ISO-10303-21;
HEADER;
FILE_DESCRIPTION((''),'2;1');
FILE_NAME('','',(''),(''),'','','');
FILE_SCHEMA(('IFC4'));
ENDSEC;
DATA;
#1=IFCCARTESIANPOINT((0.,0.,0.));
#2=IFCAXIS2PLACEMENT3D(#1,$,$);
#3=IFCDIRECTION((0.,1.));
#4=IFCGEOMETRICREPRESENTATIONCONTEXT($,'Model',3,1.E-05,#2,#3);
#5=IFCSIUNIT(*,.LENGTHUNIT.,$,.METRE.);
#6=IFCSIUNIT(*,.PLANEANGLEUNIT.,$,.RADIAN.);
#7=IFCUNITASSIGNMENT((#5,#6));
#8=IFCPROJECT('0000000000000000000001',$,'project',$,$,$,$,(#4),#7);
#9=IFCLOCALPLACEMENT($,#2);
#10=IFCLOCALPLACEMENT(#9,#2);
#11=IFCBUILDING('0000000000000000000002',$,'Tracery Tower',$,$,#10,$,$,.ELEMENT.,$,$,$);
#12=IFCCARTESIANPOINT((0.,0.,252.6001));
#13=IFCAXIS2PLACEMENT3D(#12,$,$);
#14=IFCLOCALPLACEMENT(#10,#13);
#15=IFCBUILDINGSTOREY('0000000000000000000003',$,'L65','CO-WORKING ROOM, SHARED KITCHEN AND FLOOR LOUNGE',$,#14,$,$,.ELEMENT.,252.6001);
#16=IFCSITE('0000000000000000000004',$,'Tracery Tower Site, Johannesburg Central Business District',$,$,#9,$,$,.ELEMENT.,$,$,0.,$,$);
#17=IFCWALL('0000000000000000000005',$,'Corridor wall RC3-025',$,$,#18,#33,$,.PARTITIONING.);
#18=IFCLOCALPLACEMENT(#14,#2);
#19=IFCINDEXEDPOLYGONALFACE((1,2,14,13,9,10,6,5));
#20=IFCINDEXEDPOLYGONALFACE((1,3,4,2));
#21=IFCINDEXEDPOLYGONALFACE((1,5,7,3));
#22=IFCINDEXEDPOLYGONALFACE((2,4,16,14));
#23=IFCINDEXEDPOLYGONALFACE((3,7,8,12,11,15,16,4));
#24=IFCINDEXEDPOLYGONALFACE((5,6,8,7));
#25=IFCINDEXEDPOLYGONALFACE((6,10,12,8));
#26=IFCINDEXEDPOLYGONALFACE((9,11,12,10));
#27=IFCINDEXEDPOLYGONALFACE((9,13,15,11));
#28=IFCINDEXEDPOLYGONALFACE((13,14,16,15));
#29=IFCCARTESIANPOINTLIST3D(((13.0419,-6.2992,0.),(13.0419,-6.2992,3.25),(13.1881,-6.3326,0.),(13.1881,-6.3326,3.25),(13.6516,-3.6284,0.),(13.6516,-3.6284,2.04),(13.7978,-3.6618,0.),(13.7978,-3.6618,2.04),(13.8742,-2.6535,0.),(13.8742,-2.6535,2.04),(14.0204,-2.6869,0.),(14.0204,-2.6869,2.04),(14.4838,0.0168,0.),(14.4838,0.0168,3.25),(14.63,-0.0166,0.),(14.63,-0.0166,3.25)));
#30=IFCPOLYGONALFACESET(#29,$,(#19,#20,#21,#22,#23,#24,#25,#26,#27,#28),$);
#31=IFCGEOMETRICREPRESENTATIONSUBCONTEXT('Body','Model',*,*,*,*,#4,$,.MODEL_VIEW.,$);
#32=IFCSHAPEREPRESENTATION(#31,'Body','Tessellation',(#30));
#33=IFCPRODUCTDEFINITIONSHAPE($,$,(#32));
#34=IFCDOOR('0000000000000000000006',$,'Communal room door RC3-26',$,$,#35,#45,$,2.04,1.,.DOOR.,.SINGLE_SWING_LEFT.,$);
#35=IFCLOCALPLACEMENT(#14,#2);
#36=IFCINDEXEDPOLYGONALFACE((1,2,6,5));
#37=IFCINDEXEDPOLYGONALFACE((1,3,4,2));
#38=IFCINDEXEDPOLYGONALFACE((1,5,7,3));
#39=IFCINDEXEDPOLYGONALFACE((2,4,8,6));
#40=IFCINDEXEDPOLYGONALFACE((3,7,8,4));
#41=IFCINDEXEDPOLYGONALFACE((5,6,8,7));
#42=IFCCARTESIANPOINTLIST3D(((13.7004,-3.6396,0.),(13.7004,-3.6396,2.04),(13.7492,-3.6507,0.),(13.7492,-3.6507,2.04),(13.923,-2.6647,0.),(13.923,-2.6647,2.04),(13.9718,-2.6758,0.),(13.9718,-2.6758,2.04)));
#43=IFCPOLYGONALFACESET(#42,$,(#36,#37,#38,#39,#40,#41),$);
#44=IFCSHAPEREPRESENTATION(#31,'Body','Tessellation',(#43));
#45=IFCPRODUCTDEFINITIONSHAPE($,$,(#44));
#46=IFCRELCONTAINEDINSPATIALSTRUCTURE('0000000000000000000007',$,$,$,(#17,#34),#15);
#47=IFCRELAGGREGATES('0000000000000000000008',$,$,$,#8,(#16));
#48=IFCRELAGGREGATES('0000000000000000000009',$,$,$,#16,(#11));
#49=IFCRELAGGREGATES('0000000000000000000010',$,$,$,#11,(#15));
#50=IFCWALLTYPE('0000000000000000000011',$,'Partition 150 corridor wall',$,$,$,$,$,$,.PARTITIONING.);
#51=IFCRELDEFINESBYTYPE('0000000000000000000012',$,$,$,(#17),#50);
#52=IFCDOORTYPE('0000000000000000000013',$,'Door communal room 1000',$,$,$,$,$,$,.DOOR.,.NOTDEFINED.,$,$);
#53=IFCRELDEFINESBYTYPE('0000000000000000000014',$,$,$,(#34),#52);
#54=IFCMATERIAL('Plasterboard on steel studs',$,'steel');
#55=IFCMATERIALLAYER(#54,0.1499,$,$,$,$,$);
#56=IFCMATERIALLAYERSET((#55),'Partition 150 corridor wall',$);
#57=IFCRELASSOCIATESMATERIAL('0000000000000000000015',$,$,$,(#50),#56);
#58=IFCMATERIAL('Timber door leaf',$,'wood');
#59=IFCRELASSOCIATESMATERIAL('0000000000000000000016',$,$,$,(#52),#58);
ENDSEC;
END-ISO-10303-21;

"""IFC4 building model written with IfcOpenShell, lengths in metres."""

from ifc_helpers import new_model, si_unit, direction, frame, frame_2d, origin, place, context, subcontext, project, spatial, rectangle, extrude, material, layer, layer_set, type_object, element, fill, save


model = new_model("IFC4")

# Units and contexts
model_context = context("Model", 3, precision=1e-05, world=origin(), true_north=direction((0.0, 1.0)))
body_context = subcontext(model_context, "Body", "Model", "MODEL_VIEW")
ifc_project = project(units=[si_unit("LENGTHUNIT", "METRE"), si_unit("PLANEANGLEUNIT", "RADIAN")], contexts=[model_context])

# Site, building, storey
site_placement = place(None, origin())
site = spatial("IfcSite", under=ifc_project, at=site_placement, Name="Tracery Tower Site, Johannesburg Central Business District", CompositionType="ELEMENT", RefElevation=0.0)
building_placement = place(site_placement, origin())
building = spatial("IfcBuilding", under=site, at=building_placement, Name="Tracery Tower", CompositionType="ELEMENT")
storey_placement = place(building_placement, frame((0.0, 0.0, 252.6001)))
storey = spatial("IfcBuildingStorey", under=building, at=storey_placement, Name="L65", Description="CO-WORKING ROOM, SHARED KITCHEN AND FLOOR LOUNGE", CompositionType="ELEMENT", Elevation=252.6001)

# Shared definitions
ifc_material_1 = material(Name="Plasterboard on steel studs", Category="steel")
ifc_layer_1 = layer(ifc_material_1, 0.1499)
ifc_layer_set_1 = layer_set([ifc_layer_1], Name="Partition 150 corridor wall")
wall_type_1 = type_object("IfcWallType", Name="Partition 150 corridor wall", PredefinedType="PARTITIONING", material=ifc_layer_set_1)

# Wall, opening, door
wall_1_placement = place(storey_placement, frame((13.115, -6.3159, 0.0), z_axis=(0.0, 0.0, 1.0), x_axis=(0.222569, 0.974917, 0.0)))
wall_1 = element("IfcWall", 1, at=wall_1_placement, inside=storey, type_object=wall_type_1, Name="Corridor wall RC3-025", PredefinedType="PARTITIONING", context=body_context, shape_type="SweptSolid", body=[
    extrude(rectangle(XDim=6.4785, YDim=0.1499, at=frame_2d((3.2393, 0.0))), origin(), (0.0, 0.0, 1.0), 3.25),
])
opening_1_placement = place(wall_1_placement, frame((2.7395, 0.0, 0.0)))
opening_1 = element("IfcOpeningElement", 2, at=opening_1_placement, cuts=wall_1, PredefinedType="OPENING", context=body_context, shape_type="SweptSolid", body=[
    extrude(rectangle(XDim=1.0, YDim=2.04, at=frame_2d((0.5, 1.02))), frame((0.0, 0.075, 0.0), z_axis=(0.0, -1.0, 0.0), x_axis=(1.0, 0.0, 0.0)), (0.0, 0.0, 1.0), 0.1499),
])
ifc_material_2 = material(Name="Timber door leaf", Category="wood")
door_type_1 = type_object("IfcDoorType", Name="Door communal room 1000", OperationType="NOTDEFINED", PredefinedType="DOOR", material=ifc_material_2)
door_1_placement = place(opening_1_placement, origin())
door_1 = element("IfcDoor", 3, at=door_1_placement, inside=storey, type_object=door_type_1, Name="Communal room door RC3-26", OperationType="SINGLE_SWING_LEFT", OverallHeight=2.04, OverallWidth=1.0, PredefinedType="DOOR", context=body_context, shape_type="SweptSolid", body=[
    extrude(rectangle(XDim=1.0, YDim=2.04, at=frame_2d((0.5, 1.02))), frame((0.0, 0.0249, 0.0), z_axis=(0.0, -1.0, 0.0), x_axis=(1.0, 0.0, 0.0)), (0.0, 0.0, 1.0), 0.05),
])
fill(opening_1, door_1)

save(model, "model.ifc")
